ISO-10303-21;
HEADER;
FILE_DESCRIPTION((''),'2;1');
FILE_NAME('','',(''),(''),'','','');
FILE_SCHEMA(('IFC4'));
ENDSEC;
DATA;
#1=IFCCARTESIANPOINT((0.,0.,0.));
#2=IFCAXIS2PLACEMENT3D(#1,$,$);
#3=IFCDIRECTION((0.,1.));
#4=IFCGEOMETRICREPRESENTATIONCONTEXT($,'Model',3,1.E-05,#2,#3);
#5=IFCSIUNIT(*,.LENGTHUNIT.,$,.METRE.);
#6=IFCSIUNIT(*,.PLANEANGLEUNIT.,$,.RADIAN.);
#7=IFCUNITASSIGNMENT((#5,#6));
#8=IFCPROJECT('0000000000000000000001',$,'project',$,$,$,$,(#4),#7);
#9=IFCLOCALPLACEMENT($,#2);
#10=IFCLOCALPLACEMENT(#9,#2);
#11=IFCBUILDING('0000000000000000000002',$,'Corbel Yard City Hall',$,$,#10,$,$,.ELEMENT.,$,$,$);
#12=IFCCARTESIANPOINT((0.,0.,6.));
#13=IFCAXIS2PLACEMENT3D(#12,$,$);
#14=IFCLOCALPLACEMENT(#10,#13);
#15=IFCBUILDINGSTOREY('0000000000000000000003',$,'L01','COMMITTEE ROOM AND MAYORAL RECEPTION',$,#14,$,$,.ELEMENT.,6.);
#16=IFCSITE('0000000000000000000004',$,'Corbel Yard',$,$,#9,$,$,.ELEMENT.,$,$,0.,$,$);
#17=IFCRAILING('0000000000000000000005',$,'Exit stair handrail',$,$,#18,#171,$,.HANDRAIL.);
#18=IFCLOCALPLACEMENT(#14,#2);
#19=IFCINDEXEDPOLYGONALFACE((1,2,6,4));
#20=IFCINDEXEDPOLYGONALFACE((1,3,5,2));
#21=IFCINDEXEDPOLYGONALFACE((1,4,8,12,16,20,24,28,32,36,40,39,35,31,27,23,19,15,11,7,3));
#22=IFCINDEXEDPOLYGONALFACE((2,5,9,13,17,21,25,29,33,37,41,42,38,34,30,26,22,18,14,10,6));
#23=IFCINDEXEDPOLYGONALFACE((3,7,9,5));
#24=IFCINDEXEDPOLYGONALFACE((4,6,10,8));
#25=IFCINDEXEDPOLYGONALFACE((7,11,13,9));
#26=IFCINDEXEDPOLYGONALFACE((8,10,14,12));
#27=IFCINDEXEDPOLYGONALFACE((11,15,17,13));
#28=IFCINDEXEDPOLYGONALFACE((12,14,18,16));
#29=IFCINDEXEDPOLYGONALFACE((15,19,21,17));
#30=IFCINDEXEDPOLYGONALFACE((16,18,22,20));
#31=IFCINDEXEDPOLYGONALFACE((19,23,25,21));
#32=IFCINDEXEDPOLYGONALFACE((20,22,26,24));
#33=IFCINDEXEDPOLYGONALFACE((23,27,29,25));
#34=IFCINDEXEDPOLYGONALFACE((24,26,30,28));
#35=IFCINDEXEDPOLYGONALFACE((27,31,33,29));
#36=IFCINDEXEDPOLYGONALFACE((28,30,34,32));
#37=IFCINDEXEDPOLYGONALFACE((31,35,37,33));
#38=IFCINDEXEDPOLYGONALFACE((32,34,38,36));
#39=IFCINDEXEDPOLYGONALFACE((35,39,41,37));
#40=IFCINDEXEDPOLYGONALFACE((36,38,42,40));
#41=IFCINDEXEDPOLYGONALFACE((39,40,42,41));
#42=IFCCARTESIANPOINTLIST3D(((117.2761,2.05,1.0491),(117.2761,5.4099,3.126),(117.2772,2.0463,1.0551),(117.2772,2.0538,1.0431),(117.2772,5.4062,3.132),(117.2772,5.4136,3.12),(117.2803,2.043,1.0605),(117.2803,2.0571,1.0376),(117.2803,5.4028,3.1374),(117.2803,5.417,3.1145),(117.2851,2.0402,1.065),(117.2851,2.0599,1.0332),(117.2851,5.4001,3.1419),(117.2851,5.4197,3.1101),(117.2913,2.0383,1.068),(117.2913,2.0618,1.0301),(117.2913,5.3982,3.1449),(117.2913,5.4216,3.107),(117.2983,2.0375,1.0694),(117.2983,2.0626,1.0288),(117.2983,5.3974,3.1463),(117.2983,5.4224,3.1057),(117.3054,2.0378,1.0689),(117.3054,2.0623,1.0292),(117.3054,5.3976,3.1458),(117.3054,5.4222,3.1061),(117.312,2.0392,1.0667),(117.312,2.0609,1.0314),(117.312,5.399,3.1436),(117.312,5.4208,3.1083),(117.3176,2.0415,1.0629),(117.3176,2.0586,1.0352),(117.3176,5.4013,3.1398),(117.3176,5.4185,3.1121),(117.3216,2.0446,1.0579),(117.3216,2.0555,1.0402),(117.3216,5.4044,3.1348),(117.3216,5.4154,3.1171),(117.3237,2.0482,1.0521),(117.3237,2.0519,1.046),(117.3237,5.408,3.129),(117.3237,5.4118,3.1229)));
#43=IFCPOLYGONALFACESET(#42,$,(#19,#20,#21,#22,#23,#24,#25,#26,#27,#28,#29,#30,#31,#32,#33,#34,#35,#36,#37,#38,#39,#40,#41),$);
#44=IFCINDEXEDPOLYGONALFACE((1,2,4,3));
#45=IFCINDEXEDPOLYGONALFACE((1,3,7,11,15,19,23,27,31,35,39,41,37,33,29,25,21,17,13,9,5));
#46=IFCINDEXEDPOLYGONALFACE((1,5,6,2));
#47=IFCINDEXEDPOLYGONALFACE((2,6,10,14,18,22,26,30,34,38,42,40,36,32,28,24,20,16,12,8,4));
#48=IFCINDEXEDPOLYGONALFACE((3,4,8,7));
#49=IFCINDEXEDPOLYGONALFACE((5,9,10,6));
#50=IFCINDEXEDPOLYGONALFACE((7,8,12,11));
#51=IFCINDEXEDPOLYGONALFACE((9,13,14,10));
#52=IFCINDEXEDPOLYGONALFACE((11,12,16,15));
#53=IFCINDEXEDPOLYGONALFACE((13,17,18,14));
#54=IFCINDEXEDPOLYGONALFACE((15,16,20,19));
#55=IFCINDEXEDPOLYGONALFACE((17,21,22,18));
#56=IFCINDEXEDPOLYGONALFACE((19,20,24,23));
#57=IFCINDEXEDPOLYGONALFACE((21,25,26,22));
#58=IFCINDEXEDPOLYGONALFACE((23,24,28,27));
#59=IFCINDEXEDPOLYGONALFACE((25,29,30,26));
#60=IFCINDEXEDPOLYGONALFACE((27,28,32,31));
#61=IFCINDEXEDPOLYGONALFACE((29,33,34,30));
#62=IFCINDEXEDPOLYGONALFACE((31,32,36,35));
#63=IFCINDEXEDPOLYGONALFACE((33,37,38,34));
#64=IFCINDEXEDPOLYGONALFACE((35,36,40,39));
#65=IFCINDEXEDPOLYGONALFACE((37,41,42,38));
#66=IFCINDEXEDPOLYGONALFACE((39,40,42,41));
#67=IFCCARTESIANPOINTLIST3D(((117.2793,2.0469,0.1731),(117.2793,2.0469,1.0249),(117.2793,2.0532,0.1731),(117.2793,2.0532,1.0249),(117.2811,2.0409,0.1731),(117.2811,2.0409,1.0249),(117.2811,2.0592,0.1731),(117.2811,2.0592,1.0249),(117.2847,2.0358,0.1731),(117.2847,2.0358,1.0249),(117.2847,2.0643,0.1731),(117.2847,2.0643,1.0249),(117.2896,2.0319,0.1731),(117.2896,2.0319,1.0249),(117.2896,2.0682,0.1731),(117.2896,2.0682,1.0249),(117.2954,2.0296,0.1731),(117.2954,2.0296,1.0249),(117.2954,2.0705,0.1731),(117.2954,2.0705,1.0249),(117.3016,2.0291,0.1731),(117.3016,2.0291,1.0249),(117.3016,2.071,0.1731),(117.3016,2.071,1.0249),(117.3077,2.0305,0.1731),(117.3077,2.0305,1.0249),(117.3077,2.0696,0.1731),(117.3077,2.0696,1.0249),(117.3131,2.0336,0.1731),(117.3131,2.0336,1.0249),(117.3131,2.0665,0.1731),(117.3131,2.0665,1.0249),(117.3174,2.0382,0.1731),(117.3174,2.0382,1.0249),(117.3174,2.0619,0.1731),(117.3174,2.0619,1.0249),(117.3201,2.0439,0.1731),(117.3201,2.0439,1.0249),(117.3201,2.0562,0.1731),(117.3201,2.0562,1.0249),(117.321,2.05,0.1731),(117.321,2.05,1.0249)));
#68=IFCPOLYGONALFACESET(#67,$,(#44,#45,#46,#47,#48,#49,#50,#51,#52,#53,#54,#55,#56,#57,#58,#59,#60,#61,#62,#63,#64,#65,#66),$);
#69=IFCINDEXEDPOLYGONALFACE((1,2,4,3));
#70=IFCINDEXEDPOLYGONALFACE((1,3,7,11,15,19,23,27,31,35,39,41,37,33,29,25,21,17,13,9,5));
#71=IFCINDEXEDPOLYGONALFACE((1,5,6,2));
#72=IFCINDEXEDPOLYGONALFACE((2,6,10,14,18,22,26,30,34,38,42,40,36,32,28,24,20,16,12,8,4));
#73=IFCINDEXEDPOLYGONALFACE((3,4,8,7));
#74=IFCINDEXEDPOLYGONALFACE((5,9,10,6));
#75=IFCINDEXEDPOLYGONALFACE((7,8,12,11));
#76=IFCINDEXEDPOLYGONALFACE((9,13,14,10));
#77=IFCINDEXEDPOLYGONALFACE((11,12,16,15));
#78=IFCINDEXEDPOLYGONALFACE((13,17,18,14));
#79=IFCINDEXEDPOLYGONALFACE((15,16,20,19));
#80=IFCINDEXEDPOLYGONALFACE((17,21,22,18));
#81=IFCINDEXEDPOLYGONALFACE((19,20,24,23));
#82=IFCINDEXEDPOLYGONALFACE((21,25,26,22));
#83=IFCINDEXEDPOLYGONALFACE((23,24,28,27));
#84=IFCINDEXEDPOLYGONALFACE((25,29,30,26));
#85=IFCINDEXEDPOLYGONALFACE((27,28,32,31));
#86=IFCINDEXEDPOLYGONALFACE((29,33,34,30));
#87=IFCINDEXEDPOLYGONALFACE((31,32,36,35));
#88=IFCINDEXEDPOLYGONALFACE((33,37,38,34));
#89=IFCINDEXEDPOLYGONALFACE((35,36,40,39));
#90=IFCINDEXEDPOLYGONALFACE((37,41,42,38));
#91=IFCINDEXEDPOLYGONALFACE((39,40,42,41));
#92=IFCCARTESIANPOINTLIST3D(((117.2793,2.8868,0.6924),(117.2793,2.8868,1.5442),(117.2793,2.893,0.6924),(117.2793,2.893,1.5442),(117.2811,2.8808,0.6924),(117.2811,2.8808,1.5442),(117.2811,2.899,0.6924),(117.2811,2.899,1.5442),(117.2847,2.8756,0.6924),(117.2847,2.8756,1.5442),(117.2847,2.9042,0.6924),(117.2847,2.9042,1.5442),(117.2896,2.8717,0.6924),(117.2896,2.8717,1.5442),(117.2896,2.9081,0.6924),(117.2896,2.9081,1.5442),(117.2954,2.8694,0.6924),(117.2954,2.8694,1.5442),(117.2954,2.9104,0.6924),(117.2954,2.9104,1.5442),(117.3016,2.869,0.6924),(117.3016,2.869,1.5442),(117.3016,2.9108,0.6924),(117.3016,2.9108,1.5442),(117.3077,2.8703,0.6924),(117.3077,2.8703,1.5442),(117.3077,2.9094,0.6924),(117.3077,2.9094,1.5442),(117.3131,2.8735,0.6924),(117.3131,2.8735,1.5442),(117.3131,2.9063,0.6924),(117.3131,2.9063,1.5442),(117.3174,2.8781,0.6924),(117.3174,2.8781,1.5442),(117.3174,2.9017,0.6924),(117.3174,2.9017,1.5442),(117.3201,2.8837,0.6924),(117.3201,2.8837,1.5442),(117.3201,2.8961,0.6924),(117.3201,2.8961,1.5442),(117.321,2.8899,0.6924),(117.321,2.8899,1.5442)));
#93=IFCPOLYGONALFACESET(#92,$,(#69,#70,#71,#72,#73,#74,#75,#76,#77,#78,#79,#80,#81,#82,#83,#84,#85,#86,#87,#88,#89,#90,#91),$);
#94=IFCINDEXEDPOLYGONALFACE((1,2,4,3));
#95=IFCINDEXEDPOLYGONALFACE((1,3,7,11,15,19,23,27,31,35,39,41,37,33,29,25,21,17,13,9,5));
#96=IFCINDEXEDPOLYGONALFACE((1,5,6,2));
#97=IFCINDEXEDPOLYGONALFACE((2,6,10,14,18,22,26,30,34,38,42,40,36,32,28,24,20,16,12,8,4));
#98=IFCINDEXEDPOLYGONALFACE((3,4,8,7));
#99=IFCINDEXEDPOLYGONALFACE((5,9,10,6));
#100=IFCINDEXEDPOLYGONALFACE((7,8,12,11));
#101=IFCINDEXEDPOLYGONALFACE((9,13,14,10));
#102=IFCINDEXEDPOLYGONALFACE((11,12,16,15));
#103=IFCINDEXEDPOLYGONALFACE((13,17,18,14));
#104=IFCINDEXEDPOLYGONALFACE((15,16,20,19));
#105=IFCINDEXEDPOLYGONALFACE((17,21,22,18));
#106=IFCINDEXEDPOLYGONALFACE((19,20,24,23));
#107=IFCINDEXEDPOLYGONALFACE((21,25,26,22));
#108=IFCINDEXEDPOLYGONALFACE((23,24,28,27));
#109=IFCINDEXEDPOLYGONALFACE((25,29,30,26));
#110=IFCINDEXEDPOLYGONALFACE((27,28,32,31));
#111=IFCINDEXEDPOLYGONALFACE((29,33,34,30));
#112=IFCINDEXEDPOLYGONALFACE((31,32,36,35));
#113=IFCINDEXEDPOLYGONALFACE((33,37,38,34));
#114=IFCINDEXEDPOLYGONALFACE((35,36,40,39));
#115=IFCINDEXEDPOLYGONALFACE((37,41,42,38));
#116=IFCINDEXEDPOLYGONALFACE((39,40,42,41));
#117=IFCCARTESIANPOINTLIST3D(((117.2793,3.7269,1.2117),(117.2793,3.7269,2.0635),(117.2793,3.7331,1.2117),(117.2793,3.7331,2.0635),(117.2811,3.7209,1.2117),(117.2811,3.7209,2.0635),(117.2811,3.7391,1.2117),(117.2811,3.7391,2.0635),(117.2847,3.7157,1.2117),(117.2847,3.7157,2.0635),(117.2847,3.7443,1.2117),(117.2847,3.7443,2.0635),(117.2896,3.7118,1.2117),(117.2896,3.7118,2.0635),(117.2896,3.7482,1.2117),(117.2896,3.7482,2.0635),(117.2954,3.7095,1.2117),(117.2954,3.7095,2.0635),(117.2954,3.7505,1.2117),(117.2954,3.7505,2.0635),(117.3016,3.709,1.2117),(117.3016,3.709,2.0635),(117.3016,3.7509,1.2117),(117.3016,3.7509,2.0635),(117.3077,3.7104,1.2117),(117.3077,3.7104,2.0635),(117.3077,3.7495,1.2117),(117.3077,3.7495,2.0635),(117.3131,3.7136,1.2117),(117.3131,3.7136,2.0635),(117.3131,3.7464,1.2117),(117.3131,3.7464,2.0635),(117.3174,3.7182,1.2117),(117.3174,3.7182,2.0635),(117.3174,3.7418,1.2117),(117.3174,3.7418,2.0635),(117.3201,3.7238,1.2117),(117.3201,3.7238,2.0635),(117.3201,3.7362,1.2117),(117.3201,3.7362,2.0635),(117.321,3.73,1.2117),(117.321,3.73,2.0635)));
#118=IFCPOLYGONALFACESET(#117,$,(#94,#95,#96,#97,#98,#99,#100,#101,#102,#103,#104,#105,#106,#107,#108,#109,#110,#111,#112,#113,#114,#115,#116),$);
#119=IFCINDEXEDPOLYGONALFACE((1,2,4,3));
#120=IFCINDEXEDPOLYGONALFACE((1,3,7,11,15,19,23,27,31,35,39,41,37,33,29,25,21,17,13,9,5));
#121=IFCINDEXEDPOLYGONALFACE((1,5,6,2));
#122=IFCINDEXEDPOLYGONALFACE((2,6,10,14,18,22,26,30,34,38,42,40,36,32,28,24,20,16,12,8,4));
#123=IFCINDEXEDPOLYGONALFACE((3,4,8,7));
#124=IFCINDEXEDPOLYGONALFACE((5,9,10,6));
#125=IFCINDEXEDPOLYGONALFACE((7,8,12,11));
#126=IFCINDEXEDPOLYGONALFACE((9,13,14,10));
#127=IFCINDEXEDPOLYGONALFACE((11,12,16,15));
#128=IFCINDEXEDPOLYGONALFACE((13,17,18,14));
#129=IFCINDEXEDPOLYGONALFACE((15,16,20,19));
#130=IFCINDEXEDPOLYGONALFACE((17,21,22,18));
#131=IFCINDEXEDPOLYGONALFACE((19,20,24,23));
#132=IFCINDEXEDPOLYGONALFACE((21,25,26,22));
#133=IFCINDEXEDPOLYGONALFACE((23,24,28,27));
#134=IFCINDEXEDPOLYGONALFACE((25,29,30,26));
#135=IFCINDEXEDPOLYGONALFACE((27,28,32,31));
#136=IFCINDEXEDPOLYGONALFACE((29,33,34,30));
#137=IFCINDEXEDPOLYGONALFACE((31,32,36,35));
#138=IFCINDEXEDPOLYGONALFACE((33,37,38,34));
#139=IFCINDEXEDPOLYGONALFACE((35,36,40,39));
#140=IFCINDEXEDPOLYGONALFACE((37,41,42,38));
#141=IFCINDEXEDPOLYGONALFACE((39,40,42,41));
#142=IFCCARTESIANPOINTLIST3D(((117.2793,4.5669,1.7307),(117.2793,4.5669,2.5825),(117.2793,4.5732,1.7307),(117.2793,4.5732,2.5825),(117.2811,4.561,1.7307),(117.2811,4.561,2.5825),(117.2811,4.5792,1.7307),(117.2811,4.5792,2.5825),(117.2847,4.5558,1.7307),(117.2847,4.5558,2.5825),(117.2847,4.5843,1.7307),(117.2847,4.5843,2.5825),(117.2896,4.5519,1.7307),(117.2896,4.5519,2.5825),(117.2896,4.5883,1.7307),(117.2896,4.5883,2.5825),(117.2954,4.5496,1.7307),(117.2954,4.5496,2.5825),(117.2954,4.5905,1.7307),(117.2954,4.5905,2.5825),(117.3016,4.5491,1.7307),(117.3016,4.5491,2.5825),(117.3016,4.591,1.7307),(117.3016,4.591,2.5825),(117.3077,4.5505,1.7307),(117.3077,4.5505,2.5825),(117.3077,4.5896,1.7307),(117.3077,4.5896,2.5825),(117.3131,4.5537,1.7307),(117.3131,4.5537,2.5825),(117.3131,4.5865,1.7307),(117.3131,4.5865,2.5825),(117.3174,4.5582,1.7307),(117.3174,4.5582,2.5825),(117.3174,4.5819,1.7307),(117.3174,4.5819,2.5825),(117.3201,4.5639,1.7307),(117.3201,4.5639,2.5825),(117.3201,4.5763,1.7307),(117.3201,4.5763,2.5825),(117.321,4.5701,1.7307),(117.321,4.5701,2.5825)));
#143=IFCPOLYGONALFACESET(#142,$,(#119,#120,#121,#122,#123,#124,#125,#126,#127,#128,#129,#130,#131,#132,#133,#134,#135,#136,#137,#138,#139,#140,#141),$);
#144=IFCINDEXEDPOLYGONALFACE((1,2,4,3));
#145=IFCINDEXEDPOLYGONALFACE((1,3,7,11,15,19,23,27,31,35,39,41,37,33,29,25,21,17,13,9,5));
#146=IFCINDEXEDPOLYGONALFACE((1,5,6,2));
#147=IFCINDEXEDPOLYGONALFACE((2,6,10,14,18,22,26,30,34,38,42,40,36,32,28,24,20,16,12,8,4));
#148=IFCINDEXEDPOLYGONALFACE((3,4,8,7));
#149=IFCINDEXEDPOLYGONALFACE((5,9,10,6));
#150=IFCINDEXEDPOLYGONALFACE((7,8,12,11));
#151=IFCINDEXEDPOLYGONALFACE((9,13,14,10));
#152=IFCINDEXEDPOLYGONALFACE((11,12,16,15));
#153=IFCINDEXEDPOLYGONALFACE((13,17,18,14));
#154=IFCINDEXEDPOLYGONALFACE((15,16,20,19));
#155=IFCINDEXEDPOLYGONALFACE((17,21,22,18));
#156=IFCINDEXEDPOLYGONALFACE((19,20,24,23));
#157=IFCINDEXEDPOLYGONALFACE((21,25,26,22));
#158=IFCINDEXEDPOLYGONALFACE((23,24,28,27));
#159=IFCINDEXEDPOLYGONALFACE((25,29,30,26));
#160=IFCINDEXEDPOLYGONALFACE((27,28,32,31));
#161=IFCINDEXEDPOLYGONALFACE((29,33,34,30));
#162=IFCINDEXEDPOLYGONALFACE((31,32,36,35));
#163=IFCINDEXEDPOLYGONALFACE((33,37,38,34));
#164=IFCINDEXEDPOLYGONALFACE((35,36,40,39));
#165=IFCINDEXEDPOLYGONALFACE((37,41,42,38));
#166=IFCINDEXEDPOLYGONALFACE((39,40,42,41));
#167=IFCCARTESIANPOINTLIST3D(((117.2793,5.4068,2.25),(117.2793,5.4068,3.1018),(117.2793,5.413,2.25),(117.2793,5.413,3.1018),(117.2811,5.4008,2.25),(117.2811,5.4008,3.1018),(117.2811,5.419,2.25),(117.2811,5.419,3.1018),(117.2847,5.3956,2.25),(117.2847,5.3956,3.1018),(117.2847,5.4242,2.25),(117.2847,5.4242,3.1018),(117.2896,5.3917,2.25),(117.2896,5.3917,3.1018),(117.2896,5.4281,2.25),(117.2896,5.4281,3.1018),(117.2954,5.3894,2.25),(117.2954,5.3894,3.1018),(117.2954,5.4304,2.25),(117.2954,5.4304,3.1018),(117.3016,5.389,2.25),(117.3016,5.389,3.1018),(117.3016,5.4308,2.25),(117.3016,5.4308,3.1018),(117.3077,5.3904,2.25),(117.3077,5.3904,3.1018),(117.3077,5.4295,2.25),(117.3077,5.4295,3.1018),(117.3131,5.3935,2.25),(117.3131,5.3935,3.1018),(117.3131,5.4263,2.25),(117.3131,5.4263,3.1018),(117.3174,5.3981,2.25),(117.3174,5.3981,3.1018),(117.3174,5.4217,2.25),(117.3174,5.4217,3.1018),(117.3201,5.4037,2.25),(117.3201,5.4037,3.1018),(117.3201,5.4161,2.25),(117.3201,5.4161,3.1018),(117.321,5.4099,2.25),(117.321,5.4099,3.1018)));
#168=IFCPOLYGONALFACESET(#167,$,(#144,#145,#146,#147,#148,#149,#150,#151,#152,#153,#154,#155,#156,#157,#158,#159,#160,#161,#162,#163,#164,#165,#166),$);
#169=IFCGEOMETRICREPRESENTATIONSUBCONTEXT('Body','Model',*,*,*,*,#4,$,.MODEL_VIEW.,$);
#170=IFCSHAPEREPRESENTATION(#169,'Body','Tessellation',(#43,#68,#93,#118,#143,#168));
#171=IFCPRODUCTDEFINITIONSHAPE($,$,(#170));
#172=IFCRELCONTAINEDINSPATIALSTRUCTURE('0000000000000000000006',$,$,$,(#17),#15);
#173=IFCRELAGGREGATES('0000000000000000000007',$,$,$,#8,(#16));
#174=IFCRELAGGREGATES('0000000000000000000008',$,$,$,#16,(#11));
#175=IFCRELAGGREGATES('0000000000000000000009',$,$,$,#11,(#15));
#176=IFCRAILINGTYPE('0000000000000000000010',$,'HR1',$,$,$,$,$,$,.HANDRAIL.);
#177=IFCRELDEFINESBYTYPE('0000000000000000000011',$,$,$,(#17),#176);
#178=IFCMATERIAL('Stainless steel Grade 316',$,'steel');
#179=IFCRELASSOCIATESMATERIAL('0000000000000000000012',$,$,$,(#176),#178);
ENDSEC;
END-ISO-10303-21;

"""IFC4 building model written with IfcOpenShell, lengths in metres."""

from ifc_helpers import new_model, si_unit, direction, frame, origin, origin_2d, place, context, subcontext, project, spatial, circle, extrude, material, type_object, element, save


model = new_model("IFC4")

# Units and contexts
model_context = context("Model", 3, precision=1e-05, world=origin(), true_north=direction((0.0, 1.0)))
body_context = subcontext(model_context, "Body", "Model", "MODEL_VIEW")
ifc_project = project(units=[si_unit("LENGTHUNIT", "METRE"), si_unit("PLANEANGLEUNIT", "RADIAN")], contexts=[model_context])

# Site, building, storey
site_placement = place(None, origin())
site = spatial("IfcSite", under=ifc_project, at=site_placement, Name="Corbel Yard", CompositionType="ELEMENT", RefElevation=0.0)
building_placement = place(site_placement, origin())
building = spatial("IfcBuilding", under=site, at=building_placement, Name="Corbel Yard City Hall", CompositionType="ELEMENT")
storey_placement = place(building_placement, frame((0.0, 0.0, 6.0)))
storey = spatial("IfcBuildingStorey", under=building, at=storey_placement, Name="L01", Description="COMMITTEE ROOM AND MAYORAL RECEPTION", CompositionType="ELEMENT", Elevation=6.0)

# Shared definitions
ifc_material_1 = material(Name="Stainless steel Grade 316", Category="steel")

# Railing
railing_type_1 = type_object("IfcRailingType", Name="HR1", PredefinedType="HANDRAIL", material=ifc_material_1)
for number, where, name in (
    (1, (117.3, 2.05, 0.1731), "Exit stair handrail"),
):
    element("IfcRailing", number, at=place(storey_placement, frame(where)), inside=storey, type_object=railing_type_1, Name=name, PredefinedType="HANDRAIL", context=body_context, shape_type="SweptSolid", body=[
        extrude(circle(Radius=0.0239, at=origin_2d()), frame((0.0, 0.0, 0.876), z_axis=(0.0, 0.850606, 0.525803), x_axis=(-1.0, 0.0, 0.0)), (0.0, 0.0, 1.0), 3.95),
        extrude(circle(Radius=0.021, at=origin_2d()), origin(), (0.0, 0.0, 1.0), 0.8518),
        extrude(circle(Radius=0.021, at=origin_2d()), frame((0.0, 0.8398, 0.5193)), (0.0, 0.0, 1.0), 0.8518),
        extrude(circle(Radius=0.021, at=origin_2d()), frame((0.0, 1.6799, 1.0386)), (0.0, 0.0, 1.0), 0.8518),
        extrude(circle(Radius=0.021, at=origin_2d()), frame((0.0, 2.52, 1.5576)), (0.0, 0.0, 1.0), 0.8518),
        extrude(circle(Radius=0.021, at=origin_2d()), frame((0.0, 3.3599, 2.0769)), (0.0, 0.0, 1.0), 0.8518),
    ])

save(model, "model.ifc")
